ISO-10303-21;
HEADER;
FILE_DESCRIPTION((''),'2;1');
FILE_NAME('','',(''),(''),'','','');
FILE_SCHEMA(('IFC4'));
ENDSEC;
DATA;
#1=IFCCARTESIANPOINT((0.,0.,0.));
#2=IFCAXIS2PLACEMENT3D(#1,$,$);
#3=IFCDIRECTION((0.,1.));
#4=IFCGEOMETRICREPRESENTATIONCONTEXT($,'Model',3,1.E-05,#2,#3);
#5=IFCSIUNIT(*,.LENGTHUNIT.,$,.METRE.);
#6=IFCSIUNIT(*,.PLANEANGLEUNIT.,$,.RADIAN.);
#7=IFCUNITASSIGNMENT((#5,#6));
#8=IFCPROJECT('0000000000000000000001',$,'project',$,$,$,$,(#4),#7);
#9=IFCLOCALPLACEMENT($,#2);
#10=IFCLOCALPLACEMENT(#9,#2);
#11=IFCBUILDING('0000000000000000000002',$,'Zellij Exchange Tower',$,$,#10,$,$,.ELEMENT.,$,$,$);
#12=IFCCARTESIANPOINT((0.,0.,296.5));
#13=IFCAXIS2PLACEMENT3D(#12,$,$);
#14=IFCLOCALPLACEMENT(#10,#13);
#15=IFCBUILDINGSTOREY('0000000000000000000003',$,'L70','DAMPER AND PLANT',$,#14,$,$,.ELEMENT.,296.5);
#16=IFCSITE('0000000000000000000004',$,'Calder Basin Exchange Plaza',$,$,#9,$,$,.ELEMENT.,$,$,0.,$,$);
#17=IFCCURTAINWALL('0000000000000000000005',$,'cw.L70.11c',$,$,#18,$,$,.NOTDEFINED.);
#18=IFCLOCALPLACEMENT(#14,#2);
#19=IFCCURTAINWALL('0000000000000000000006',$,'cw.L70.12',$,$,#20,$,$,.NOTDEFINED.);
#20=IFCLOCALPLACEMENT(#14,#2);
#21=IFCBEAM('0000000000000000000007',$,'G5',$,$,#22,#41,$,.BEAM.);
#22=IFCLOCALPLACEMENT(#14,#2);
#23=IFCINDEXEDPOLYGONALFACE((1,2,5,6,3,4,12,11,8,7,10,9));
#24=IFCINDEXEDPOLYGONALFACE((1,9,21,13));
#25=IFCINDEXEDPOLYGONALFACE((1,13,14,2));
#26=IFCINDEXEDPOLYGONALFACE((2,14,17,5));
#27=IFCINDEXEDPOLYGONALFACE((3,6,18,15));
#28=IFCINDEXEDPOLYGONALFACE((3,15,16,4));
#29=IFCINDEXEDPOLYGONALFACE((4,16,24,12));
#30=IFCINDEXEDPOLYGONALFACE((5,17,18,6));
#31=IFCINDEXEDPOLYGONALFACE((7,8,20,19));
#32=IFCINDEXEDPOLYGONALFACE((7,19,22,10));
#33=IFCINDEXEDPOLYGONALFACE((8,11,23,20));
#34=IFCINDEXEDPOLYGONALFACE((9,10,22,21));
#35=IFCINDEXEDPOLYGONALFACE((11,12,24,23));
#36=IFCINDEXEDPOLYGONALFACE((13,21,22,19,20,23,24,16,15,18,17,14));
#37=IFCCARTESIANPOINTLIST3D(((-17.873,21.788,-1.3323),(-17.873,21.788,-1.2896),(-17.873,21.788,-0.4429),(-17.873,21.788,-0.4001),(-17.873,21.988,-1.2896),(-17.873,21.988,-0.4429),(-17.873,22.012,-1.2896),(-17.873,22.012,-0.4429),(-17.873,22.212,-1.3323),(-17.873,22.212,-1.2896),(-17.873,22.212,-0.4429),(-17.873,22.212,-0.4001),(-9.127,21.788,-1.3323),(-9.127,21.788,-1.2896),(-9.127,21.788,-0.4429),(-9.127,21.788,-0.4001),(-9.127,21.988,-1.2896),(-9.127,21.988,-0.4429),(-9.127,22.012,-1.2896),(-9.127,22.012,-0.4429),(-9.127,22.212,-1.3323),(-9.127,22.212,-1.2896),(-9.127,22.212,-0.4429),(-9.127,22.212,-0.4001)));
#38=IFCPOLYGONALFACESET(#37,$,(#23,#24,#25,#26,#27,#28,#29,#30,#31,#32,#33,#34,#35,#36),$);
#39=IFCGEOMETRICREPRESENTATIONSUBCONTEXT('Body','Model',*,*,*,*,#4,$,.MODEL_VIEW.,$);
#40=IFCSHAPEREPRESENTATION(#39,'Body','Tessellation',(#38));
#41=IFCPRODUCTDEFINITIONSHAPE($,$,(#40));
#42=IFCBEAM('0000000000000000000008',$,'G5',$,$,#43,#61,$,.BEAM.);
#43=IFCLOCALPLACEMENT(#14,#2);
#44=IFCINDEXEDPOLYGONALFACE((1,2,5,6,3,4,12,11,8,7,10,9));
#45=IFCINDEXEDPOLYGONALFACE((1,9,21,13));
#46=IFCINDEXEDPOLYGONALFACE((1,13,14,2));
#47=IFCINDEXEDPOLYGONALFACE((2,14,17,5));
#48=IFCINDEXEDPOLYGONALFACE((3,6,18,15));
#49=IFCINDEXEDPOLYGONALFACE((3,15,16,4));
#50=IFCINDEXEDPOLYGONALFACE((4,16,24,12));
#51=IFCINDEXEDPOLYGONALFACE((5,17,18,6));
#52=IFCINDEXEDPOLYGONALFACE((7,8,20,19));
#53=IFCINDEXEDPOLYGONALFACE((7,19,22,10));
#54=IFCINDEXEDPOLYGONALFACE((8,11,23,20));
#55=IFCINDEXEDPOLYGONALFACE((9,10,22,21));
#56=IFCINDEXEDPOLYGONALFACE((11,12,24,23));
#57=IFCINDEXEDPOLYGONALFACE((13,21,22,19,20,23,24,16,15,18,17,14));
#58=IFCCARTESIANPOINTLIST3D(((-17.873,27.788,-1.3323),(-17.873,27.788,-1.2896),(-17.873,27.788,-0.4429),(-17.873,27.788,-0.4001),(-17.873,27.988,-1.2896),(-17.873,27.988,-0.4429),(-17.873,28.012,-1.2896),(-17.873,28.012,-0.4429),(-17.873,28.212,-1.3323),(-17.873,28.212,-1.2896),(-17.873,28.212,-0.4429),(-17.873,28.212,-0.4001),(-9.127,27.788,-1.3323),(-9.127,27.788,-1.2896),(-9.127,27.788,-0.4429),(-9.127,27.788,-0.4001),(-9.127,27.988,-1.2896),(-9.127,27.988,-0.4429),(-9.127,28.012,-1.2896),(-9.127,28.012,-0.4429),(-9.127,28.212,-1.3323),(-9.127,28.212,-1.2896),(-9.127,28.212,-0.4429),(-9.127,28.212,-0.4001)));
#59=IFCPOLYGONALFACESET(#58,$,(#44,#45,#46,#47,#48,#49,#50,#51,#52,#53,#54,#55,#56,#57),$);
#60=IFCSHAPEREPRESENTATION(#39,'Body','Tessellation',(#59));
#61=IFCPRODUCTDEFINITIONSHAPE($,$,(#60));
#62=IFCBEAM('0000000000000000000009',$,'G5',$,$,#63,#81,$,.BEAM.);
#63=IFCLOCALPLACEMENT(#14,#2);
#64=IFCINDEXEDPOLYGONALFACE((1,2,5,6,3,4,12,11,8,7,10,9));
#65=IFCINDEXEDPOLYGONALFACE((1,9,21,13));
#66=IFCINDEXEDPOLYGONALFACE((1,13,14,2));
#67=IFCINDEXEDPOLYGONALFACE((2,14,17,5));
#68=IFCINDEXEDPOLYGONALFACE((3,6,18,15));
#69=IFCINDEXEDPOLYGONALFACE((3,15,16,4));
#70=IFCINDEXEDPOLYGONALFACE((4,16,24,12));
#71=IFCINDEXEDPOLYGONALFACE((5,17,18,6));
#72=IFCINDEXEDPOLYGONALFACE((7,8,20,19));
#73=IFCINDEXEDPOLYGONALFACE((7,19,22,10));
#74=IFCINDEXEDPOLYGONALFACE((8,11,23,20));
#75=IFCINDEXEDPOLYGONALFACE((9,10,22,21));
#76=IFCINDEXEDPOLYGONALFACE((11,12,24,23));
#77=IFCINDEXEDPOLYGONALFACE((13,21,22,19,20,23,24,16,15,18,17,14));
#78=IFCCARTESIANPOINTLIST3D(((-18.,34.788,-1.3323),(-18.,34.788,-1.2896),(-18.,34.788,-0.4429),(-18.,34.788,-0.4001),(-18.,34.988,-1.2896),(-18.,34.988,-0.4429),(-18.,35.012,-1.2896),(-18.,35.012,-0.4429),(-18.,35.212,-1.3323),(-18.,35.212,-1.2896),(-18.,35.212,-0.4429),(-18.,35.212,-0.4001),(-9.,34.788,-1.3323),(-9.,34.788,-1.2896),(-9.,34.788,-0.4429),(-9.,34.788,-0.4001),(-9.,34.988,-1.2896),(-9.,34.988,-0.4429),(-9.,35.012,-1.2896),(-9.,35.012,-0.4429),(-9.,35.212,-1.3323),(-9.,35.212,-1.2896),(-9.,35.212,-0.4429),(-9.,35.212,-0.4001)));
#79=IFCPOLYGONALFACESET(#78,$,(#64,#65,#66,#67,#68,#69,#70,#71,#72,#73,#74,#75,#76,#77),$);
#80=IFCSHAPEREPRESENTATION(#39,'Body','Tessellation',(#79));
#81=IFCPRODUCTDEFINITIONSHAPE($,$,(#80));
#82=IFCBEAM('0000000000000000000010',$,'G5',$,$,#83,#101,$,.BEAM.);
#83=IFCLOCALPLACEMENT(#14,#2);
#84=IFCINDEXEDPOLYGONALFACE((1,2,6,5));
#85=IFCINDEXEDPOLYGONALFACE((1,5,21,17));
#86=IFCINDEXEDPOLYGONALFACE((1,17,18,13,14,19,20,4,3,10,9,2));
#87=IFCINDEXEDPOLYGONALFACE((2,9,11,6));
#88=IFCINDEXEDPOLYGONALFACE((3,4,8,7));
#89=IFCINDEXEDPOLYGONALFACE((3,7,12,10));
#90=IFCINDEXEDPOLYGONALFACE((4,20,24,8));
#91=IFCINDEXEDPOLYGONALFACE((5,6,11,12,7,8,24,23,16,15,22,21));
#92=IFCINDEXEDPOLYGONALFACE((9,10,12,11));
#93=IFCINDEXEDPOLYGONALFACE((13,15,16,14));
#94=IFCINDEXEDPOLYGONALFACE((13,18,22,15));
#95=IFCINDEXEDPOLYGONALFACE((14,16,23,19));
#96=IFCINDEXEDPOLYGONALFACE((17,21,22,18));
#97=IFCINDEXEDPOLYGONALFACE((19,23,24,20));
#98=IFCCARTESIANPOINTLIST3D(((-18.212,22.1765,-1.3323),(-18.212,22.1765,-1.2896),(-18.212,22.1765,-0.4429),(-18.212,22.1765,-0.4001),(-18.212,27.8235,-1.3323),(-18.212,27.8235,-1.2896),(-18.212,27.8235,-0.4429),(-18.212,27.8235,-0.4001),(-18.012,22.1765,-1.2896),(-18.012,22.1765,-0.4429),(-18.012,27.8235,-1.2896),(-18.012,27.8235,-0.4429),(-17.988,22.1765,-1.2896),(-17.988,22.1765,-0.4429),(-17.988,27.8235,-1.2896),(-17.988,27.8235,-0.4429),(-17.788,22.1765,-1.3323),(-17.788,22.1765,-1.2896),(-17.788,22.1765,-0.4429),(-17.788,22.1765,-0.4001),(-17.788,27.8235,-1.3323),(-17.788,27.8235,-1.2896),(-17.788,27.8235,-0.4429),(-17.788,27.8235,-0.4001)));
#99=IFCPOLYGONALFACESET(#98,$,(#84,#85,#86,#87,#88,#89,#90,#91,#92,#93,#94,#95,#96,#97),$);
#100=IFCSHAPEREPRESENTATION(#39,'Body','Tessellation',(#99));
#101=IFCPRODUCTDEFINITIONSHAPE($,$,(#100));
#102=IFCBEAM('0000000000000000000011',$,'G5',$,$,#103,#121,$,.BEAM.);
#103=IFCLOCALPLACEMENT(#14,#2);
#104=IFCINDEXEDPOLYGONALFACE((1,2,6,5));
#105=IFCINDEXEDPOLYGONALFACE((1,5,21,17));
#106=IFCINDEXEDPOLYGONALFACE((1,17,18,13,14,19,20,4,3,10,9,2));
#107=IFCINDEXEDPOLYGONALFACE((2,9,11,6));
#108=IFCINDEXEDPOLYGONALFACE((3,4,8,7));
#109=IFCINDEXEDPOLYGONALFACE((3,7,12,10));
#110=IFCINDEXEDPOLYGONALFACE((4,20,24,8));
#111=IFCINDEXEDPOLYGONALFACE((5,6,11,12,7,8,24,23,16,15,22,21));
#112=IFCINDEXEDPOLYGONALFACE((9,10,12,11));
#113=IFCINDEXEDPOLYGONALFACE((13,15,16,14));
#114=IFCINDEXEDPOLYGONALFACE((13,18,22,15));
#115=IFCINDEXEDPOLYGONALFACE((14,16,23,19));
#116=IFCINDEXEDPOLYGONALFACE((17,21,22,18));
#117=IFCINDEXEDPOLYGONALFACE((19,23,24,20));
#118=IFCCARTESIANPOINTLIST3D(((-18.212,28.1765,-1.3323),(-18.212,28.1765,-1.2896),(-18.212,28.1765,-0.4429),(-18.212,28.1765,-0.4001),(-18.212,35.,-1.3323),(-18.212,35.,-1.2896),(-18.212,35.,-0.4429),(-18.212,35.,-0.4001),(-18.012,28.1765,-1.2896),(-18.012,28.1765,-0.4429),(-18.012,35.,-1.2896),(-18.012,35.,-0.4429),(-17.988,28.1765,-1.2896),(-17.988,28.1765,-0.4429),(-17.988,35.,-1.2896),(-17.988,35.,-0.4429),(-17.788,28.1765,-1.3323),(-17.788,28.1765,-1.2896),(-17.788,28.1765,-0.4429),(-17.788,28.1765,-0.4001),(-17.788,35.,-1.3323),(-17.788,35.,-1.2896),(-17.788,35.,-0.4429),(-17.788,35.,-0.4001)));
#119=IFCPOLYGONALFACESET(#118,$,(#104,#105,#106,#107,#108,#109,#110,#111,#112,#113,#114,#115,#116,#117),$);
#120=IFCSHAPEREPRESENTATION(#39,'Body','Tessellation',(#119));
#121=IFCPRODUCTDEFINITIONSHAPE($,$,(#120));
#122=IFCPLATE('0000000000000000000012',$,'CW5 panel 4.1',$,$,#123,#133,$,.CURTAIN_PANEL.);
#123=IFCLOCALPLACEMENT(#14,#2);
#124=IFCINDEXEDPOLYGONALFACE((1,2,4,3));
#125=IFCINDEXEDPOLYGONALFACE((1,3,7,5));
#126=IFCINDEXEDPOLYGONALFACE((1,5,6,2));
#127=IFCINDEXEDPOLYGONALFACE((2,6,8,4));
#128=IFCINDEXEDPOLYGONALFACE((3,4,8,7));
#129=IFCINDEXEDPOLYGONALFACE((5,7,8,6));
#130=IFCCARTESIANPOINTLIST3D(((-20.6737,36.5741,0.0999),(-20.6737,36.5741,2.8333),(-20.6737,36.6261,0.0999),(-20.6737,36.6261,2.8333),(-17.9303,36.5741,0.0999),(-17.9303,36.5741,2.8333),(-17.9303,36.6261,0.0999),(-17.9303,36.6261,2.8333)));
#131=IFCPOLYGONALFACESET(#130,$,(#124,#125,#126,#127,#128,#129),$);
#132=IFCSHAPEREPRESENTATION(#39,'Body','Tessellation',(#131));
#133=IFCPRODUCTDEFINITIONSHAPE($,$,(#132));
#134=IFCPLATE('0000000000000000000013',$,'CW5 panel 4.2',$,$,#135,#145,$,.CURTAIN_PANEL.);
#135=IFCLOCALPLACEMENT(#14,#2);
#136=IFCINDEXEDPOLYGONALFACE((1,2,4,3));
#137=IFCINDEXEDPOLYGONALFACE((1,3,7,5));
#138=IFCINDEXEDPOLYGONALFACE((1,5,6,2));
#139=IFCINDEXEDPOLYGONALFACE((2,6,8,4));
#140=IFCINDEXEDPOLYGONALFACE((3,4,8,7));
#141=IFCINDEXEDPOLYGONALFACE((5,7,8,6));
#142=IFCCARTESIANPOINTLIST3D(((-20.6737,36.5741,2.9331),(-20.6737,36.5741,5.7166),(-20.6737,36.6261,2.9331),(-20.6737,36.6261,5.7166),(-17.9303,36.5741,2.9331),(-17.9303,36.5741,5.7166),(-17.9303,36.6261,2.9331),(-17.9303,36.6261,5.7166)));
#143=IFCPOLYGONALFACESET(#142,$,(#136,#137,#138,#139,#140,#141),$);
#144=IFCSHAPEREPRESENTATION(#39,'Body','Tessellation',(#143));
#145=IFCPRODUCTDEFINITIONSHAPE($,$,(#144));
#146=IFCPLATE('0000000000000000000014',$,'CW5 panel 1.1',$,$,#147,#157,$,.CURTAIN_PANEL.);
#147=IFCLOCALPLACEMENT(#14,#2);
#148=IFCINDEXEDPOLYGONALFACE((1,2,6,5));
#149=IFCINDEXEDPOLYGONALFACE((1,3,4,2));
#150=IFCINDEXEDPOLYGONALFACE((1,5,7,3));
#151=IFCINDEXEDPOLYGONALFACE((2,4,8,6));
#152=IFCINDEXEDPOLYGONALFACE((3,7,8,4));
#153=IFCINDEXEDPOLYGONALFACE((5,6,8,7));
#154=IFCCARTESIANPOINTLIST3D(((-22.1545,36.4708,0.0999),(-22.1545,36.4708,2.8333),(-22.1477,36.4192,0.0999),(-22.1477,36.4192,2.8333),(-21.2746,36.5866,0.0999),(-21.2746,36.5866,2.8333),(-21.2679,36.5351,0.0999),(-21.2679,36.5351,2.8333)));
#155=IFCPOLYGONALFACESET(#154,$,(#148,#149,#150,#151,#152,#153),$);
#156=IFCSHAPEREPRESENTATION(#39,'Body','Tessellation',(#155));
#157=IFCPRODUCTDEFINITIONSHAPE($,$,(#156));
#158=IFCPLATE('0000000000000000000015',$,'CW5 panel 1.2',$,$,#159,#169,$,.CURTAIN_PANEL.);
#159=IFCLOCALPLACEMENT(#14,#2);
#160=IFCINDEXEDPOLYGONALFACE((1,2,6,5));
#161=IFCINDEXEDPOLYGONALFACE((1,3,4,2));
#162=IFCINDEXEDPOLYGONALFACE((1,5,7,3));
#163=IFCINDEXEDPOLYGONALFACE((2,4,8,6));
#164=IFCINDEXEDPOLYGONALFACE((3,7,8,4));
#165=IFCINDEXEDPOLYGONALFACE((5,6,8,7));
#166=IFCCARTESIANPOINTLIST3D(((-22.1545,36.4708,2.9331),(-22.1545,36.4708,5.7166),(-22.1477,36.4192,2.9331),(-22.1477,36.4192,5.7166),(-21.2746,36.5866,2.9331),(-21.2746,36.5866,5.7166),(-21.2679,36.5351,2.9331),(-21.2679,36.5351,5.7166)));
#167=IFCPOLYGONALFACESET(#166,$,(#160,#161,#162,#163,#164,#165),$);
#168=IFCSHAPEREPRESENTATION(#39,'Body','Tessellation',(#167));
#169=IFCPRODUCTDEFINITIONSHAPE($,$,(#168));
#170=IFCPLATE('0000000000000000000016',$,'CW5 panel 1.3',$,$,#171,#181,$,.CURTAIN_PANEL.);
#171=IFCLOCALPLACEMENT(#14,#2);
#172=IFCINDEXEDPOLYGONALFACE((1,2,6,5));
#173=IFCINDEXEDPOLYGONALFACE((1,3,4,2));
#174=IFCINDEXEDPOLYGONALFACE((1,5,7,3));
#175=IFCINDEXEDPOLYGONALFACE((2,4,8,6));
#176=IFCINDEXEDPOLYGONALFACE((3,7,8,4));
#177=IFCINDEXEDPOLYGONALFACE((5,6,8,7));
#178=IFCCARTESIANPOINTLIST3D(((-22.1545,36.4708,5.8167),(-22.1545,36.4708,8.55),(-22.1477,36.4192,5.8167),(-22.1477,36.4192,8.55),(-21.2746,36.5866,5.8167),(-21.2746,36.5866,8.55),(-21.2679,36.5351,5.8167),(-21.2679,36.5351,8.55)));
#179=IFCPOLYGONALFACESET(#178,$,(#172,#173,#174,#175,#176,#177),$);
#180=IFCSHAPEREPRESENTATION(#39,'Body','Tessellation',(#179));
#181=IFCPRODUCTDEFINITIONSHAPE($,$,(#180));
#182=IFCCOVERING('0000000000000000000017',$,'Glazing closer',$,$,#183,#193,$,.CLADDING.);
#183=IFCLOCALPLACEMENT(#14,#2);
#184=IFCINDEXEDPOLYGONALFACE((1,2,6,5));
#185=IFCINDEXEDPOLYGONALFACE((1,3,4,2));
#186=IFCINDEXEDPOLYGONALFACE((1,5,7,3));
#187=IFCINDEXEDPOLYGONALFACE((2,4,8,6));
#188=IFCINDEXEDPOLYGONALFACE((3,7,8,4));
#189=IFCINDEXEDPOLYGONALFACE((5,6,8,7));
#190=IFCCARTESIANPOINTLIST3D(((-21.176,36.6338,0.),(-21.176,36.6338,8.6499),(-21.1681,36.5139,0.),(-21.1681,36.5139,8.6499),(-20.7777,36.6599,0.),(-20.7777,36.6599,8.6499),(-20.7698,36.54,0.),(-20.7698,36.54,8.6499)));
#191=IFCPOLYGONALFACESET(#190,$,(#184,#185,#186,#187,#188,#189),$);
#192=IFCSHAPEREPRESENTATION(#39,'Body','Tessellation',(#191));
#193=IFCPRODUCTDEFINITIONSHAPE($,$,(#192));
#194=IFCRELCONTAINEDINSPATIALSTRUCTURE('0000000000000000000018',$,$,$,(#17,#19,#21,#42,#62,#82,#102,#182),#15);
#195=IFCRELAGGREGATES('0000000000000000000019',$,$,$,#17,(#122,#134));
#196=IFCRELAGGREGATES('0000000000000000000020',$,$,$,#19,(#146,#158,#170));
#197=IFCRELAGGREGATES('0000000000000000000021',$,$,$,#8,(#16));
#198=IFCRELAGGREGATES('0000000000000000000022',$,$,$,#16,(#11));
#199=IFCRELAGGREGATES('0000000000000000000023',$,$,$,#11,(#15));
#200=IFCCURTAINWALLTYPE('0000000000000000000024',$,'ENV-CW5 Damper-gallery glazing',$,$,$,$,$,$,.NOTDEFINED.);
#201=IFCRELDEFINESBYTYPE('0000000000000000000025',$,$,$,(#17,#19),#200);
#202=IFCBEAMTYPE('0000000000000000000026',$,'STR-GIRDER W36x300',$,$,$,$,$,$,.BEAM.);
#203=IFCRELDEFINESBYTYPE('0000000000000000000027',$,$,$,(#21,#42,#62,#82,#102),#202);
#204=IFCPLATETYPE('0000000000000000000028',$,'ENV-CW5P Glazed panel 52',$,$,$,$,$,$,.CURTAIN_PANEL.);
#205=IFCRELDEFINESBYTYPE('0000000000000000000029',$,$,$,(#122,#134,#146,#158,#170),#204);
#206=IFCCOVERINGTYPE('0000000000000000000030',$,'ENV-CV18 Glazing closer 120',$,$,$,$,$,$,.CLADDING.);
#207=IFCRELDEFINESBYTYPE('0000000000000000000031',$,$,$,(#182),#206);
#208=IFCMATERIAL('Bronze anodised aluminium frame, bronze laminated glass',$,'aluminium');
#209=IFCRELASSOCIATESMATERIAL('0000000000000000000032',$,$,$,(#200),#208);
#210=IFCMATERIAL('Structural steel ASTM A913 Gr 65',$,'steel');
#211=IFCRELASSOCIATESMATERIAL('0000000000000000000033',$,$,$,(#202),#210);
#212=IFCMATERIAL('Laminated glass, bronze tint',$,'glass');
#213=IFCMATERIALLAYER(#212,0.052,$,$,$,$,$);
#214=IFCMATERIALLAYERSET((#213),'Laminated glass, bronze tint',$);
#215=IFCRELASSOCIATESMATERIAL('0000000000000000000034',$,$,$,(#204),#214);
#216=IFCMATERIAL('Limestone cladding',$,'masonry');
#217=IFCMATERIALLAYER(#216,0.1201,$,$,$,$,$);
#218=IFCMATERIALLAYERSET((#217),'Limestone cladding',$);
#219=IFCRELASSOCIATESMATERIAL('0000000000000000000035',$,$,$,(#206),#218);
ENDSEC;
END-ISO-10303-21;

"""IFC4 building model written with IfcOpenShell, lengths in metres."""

from ifc_helpers import new_model, si_unit, direction, frame, origin, origin_2d, place, context, subcontext, project, spatial, rectangle, i_section, extrude, material, layer, layer_set, material_profile, profile_set, type_object, element, aggregate, save


model = new_model("IFC4")

# Units and contexts
model_context = context("Model", 3, precision=1e-05, world=origin(), true_north=direction((0.0, 1.0)))
body_context = subcontext(model_context, "Body", "Model", "MODEL_VIEW")
ifc_project = project(units=[si_unit("LENGTHUNIT", "METRE"), si_unit("PLANEANGLEUNIT", "RADIAN")], contexts=[model_context])

# Site, building, storey
site_placement = place(None, origin())
site = spatial("IfcSite", under=ifc_project, at=site_placement, Name="Calder Basin Exchange Plaza", CompositionType="ELEMENT", RefElevation=0.0)
building_placement = place(site_placement, origin())
building = spatial("IfcBuilding", under=site, at=building_placement, Name="Zellij Exchange Tower", CompositionType="ELEMENT")
storey_placement = place(building_placement, frame((0.0, 0.0, 296.5)))
storey = spatial("IfcBuildingStorey", under=building, at=storey_placement, Name="L70", Description="DAMPER AND PLANT", CompositionType="ELEMENT", Elevation=296.5)

# Curtain wall
ifc_material_1 = material(Name="Bronze anodised aluminium frame, bronze laminated glass", Category="aluminium")
curtain_wall_type = type_object("IfcCurtainWallType", Name="ENV-CW5 Damper-gallery glazing", PredefinedType="NOTDEFINED", material=ifc_material_1)
curtain_wall_1_placement = place(storey_placement, origin())
curtain_wall_1 = element("IfcCurtainWall", 1, at=curtain_wall_1_placement, inside=storey, type_object=curtain_wall_type, Name="cw.L70.11c", PredefinedType="NOTDEFINED")

# Curtain wall
curtain_wall_2_placement = place(storey_placement, origin())
curtain_wall_2 = element("IfcCurtainWall", 2, at=curtain_wall_2_placement, inside=storey, type_object=curtain_wall_type, Name="cw.L70.12", PredefinedType="NOTDEFINED")

# Beams
ifc_material_2 = material(Name="Structural steel ASTM A913 Gr 65", Category="steel")
ifc_material_profile_1 = material_profile(ifc_material_2, i_section(OverallWidth=0.4241, OverallDepth=0.9321, WebThickness=0.0239, FlangeThickness=0.0427, at=origin_2d()), Name="W36x300")
ifc_profile_set_1 = profile_set([ifc_material_profile_1], Name="Structural steel ASTM A913 Gr 65")
beam_type = type_object("IfcBeamType", Name="STR-GIRDER W36x300", PredefinedType="BEAM", material=ifc_profile_set_1)
for number, where, z_axis, x_axis, name in (
    (3, (-17.873, 22.0, -0.8662), (1.0, 0.0, 0.0), (0.0, 1.0, 0.0), "G5"),
    (4, (-17.873, 28.0, -0.8662), (1.0, 0.0, 0.0), (0.0, 1.0, 0.0), "G5"),
):
    element("IfcBeam", number, at=place(storey_placement, frame(where, z_axis=z_axis, x_axis=x_axis)), inside=storey, type_object=beam_type, Name=name, PredefinedType="BEAM", context=body_context, shape_type="SweptSolid", body=[
        extrude(i_section(OverallWidth=0.4241, OverallDepth=0.9321, WebThickness=0.0239, FlangeThickness=0.0427, at=origin_2d()), origin(), (0.0, 0.0, 1.0), 8.7461),
    ])
beam_1_placement = place(storey_placement, frame((-18.0, 35.0, -0.8662), z_axis=(1.0, 0.0, 0.0), x_axis=(0.0, 1.0, 0.0)))
element("IfcBeam", 5, at=beam_1_placement, inside=storey, type_object=beam_type, Name="G5", PredefinedType="BEAM", context=body_context, shape_type="SweptSolid", body=[
    extrude(i_section(OverallWidth=0.4241, OverallDepth=0.9321, WebThickness=0.0239, FlangeThickness=0.0427, at=origin_2d()), origin(), (0.0, 0.0, 1.0), 9.0),
])
beam_2_placement = place(storey_placement, frame((-18.0, 22.1765, -0.8662), z_axis=(0.0, 1.0, 0.0), x_axis=(-1.0, 0.0, 0.0)))
element("IfcBeam", 6, at=beam_2_placement, inside=storey, type_object=beam_type, Name="G5", PredefinedType="BEAM", context=body_context, shape_type="SweptSolid", body=[
    extrude(i_section(OverallWidth=0.4241, OverallDepth=0.9321, WebThickness=0.0239, FlangeThickness=0.0427, at=origin_2d()), origin(), (0.0, 0.0, 1.0), 5.647),
])
beam_3_placement = place(storey_placement, frame((-18.0, 28.1765, -0.8662), z_axis=(0.0, 1.0, 0.0), x_axis=(-1.0, 0.0, 0.0)))
element("IfcBeam", 7, at=beam_3_placement, inside=storey, type_object=beam_type, Name="G5", PredefinedType="BEAM", context=body_context, shape_type="SweptSolid", body=[
    extrude(i_section(OverallWidth=0.4241, OverallDepth=0.9321, WebThickness=0.0239, FlangeThickness=0.0427, at=origin_2d()), origin(), (0.0, 0.0, 1.0), 6.8235),
])

# Plates
ifc_material_3 = material(Name="Laminated glass, bronze tint", Category="glass")
ifc_layer_1 = layer(ifc_material_3, 0.052)
ifc_layer_set_1 = layer_set([ifc_layer_1], Name="Laminated glass, bronze tint")
plate_type = type_object("IfcPlateType", Name="ENV-CW5P Glazed panel 52", PredefinedType="CURTAIN_PANEL", material=ifc_layer_set_1)
plate_1_placement = place(storey_placement, frame((-19.302, 36.6001, 0.0999), z_axis=(0.0, 0.0, 1.0), x_axis=(-1.0, 0.0, 0.0)))
plate_1 = element("IfcPlate", 8, at=plate_1_placement, type_object=plate_type, Name="CW5 panel 4.1", PredefinedType="CURTAIN_PANEL", context=body_context, shape_type="SweptSolid", body=[
    extrude(rectangle(XDim=2.7434, YDim=0.052, at=origin_2d()), origin(), (0.0, 0.0, 1.0), 2.7334),
])
plate_2_placement = place(storey_placement, frame((-19.302, 36.6001, 2.9331), z_axis=(0.0, 0.0, 1.0), x_axis=(-1.0, 0.0, 0.0)))
plate_2 = element("IfcPlate", 9, at=plate_2_placement, type_object=plate_type, Name="CW5 panel 4.2", PredefinedType="CURTAIN_PANEL", context=body_context, shape_type="SweptSolid", body=[
    extrude(rectangle(XDim=2.7434, YDim=0.052, at=origin_2d()), origin(), (0.0, 0.0, 1.0), 2.7834),
])
aggregate(curtain_wall_1, [plate_1, plate_2])
plate_3_placement = place(storey_placement, frame((-21.7112, 36.5029, 0.0999), z_axis=(0.0, 0.0, 1.0), x_axis=(-0.991449, -0.130495, 0.0)))
plate_3 = element("IfcPlate", 10, at=plate_3_placement, type_object=plate_type, Name="CW5 panel 1.1", PredefinedType="CURTAIN_PANEL", context=body_context, shape_type="SweptSolid", body=[
    extrude(rectangle(XDim=0.8875, YDim=0.052, at=origin_2d()), origin(), (0.0, 0.0, 1.0), 2.7334),
])
plate_4_placement = place(storey_placement, frame((-21.7112, 36.5029, 2.9331), z_axis=(0.0, 0.0, 1.0), x_axis=(-0.991449, -0.130495, 0.0)))
plate_4 = element("IfcPlate", 11, at=plate_4_placement, type_object=plate_type, Name="CW5 panel 1.2", PredefinedType="CURTAIN_PANEL", context=body_context, shape_type="SweptSolid", body=[
    extrude(rectangle(XDim=0.8875, YDim=0.052, at=origin_2d()), origin(), (0.0, 0.0, 1.0), 2.7834),
])
plate_5_placement = place(storey_placement, frame((-21.7112, 36.5029, 5.8167), z_axis=(0.0, 0.0, 1.0), x_axis=(-0.991449, -0.130495, 0.0)))
plate_5 = element("IfcPlate", 12, at=plate_5_placement, type_object=plate_type, Name="CW5 panel 1.3", PredefinedType="CURTAIN_PANEL", context=body_context, shape_type="SweptSolid", body=[
    extrude(rectangle(XDim=0.8875, YDim=0.052, at=origin_2d()), origin(), (0.0, 0.0, 1.0), 2.7334),
])
aggregate(curtain_wall_2, [plate_3, plate_4, plate_5])

# Covering
ifc_material_4 = material(Name="Limestone cladding", Category="masonry")
ifc_layer_2 = layer(ifc_material_4, 0.1201)
ifc_layer_set_2 = layer_set([ifc_layer_2], Name="Limestone cladding")
covering_type = type_object("IfcCoveringType", Name="ENV-CV18 Glazing closer 120", PredefinedType="CLADDING", material=ifc_layer_set_2)
covering_placement = place(storey_placement, frame((-20.9729, 36.5869, 0.0), z_axis=(0.0, 0.0, 1.0), x_axis=(-0.99786, -0.065389, 0.0)))
element("IfcCovering", 13, at=covering_placement, inside=storey, type_object=covering_type, Name="Glazing closer", PredefinedType="CLADDING", context=body_context, shape_type="SweptSolid", body=[
    extrude(rectangle(XDim=0.3992, YDim=0.1201, at=origin_2d()), origin(), (0.0, 0.0, 1.0), 8.6499),
])

save(model, "model.ifc")
